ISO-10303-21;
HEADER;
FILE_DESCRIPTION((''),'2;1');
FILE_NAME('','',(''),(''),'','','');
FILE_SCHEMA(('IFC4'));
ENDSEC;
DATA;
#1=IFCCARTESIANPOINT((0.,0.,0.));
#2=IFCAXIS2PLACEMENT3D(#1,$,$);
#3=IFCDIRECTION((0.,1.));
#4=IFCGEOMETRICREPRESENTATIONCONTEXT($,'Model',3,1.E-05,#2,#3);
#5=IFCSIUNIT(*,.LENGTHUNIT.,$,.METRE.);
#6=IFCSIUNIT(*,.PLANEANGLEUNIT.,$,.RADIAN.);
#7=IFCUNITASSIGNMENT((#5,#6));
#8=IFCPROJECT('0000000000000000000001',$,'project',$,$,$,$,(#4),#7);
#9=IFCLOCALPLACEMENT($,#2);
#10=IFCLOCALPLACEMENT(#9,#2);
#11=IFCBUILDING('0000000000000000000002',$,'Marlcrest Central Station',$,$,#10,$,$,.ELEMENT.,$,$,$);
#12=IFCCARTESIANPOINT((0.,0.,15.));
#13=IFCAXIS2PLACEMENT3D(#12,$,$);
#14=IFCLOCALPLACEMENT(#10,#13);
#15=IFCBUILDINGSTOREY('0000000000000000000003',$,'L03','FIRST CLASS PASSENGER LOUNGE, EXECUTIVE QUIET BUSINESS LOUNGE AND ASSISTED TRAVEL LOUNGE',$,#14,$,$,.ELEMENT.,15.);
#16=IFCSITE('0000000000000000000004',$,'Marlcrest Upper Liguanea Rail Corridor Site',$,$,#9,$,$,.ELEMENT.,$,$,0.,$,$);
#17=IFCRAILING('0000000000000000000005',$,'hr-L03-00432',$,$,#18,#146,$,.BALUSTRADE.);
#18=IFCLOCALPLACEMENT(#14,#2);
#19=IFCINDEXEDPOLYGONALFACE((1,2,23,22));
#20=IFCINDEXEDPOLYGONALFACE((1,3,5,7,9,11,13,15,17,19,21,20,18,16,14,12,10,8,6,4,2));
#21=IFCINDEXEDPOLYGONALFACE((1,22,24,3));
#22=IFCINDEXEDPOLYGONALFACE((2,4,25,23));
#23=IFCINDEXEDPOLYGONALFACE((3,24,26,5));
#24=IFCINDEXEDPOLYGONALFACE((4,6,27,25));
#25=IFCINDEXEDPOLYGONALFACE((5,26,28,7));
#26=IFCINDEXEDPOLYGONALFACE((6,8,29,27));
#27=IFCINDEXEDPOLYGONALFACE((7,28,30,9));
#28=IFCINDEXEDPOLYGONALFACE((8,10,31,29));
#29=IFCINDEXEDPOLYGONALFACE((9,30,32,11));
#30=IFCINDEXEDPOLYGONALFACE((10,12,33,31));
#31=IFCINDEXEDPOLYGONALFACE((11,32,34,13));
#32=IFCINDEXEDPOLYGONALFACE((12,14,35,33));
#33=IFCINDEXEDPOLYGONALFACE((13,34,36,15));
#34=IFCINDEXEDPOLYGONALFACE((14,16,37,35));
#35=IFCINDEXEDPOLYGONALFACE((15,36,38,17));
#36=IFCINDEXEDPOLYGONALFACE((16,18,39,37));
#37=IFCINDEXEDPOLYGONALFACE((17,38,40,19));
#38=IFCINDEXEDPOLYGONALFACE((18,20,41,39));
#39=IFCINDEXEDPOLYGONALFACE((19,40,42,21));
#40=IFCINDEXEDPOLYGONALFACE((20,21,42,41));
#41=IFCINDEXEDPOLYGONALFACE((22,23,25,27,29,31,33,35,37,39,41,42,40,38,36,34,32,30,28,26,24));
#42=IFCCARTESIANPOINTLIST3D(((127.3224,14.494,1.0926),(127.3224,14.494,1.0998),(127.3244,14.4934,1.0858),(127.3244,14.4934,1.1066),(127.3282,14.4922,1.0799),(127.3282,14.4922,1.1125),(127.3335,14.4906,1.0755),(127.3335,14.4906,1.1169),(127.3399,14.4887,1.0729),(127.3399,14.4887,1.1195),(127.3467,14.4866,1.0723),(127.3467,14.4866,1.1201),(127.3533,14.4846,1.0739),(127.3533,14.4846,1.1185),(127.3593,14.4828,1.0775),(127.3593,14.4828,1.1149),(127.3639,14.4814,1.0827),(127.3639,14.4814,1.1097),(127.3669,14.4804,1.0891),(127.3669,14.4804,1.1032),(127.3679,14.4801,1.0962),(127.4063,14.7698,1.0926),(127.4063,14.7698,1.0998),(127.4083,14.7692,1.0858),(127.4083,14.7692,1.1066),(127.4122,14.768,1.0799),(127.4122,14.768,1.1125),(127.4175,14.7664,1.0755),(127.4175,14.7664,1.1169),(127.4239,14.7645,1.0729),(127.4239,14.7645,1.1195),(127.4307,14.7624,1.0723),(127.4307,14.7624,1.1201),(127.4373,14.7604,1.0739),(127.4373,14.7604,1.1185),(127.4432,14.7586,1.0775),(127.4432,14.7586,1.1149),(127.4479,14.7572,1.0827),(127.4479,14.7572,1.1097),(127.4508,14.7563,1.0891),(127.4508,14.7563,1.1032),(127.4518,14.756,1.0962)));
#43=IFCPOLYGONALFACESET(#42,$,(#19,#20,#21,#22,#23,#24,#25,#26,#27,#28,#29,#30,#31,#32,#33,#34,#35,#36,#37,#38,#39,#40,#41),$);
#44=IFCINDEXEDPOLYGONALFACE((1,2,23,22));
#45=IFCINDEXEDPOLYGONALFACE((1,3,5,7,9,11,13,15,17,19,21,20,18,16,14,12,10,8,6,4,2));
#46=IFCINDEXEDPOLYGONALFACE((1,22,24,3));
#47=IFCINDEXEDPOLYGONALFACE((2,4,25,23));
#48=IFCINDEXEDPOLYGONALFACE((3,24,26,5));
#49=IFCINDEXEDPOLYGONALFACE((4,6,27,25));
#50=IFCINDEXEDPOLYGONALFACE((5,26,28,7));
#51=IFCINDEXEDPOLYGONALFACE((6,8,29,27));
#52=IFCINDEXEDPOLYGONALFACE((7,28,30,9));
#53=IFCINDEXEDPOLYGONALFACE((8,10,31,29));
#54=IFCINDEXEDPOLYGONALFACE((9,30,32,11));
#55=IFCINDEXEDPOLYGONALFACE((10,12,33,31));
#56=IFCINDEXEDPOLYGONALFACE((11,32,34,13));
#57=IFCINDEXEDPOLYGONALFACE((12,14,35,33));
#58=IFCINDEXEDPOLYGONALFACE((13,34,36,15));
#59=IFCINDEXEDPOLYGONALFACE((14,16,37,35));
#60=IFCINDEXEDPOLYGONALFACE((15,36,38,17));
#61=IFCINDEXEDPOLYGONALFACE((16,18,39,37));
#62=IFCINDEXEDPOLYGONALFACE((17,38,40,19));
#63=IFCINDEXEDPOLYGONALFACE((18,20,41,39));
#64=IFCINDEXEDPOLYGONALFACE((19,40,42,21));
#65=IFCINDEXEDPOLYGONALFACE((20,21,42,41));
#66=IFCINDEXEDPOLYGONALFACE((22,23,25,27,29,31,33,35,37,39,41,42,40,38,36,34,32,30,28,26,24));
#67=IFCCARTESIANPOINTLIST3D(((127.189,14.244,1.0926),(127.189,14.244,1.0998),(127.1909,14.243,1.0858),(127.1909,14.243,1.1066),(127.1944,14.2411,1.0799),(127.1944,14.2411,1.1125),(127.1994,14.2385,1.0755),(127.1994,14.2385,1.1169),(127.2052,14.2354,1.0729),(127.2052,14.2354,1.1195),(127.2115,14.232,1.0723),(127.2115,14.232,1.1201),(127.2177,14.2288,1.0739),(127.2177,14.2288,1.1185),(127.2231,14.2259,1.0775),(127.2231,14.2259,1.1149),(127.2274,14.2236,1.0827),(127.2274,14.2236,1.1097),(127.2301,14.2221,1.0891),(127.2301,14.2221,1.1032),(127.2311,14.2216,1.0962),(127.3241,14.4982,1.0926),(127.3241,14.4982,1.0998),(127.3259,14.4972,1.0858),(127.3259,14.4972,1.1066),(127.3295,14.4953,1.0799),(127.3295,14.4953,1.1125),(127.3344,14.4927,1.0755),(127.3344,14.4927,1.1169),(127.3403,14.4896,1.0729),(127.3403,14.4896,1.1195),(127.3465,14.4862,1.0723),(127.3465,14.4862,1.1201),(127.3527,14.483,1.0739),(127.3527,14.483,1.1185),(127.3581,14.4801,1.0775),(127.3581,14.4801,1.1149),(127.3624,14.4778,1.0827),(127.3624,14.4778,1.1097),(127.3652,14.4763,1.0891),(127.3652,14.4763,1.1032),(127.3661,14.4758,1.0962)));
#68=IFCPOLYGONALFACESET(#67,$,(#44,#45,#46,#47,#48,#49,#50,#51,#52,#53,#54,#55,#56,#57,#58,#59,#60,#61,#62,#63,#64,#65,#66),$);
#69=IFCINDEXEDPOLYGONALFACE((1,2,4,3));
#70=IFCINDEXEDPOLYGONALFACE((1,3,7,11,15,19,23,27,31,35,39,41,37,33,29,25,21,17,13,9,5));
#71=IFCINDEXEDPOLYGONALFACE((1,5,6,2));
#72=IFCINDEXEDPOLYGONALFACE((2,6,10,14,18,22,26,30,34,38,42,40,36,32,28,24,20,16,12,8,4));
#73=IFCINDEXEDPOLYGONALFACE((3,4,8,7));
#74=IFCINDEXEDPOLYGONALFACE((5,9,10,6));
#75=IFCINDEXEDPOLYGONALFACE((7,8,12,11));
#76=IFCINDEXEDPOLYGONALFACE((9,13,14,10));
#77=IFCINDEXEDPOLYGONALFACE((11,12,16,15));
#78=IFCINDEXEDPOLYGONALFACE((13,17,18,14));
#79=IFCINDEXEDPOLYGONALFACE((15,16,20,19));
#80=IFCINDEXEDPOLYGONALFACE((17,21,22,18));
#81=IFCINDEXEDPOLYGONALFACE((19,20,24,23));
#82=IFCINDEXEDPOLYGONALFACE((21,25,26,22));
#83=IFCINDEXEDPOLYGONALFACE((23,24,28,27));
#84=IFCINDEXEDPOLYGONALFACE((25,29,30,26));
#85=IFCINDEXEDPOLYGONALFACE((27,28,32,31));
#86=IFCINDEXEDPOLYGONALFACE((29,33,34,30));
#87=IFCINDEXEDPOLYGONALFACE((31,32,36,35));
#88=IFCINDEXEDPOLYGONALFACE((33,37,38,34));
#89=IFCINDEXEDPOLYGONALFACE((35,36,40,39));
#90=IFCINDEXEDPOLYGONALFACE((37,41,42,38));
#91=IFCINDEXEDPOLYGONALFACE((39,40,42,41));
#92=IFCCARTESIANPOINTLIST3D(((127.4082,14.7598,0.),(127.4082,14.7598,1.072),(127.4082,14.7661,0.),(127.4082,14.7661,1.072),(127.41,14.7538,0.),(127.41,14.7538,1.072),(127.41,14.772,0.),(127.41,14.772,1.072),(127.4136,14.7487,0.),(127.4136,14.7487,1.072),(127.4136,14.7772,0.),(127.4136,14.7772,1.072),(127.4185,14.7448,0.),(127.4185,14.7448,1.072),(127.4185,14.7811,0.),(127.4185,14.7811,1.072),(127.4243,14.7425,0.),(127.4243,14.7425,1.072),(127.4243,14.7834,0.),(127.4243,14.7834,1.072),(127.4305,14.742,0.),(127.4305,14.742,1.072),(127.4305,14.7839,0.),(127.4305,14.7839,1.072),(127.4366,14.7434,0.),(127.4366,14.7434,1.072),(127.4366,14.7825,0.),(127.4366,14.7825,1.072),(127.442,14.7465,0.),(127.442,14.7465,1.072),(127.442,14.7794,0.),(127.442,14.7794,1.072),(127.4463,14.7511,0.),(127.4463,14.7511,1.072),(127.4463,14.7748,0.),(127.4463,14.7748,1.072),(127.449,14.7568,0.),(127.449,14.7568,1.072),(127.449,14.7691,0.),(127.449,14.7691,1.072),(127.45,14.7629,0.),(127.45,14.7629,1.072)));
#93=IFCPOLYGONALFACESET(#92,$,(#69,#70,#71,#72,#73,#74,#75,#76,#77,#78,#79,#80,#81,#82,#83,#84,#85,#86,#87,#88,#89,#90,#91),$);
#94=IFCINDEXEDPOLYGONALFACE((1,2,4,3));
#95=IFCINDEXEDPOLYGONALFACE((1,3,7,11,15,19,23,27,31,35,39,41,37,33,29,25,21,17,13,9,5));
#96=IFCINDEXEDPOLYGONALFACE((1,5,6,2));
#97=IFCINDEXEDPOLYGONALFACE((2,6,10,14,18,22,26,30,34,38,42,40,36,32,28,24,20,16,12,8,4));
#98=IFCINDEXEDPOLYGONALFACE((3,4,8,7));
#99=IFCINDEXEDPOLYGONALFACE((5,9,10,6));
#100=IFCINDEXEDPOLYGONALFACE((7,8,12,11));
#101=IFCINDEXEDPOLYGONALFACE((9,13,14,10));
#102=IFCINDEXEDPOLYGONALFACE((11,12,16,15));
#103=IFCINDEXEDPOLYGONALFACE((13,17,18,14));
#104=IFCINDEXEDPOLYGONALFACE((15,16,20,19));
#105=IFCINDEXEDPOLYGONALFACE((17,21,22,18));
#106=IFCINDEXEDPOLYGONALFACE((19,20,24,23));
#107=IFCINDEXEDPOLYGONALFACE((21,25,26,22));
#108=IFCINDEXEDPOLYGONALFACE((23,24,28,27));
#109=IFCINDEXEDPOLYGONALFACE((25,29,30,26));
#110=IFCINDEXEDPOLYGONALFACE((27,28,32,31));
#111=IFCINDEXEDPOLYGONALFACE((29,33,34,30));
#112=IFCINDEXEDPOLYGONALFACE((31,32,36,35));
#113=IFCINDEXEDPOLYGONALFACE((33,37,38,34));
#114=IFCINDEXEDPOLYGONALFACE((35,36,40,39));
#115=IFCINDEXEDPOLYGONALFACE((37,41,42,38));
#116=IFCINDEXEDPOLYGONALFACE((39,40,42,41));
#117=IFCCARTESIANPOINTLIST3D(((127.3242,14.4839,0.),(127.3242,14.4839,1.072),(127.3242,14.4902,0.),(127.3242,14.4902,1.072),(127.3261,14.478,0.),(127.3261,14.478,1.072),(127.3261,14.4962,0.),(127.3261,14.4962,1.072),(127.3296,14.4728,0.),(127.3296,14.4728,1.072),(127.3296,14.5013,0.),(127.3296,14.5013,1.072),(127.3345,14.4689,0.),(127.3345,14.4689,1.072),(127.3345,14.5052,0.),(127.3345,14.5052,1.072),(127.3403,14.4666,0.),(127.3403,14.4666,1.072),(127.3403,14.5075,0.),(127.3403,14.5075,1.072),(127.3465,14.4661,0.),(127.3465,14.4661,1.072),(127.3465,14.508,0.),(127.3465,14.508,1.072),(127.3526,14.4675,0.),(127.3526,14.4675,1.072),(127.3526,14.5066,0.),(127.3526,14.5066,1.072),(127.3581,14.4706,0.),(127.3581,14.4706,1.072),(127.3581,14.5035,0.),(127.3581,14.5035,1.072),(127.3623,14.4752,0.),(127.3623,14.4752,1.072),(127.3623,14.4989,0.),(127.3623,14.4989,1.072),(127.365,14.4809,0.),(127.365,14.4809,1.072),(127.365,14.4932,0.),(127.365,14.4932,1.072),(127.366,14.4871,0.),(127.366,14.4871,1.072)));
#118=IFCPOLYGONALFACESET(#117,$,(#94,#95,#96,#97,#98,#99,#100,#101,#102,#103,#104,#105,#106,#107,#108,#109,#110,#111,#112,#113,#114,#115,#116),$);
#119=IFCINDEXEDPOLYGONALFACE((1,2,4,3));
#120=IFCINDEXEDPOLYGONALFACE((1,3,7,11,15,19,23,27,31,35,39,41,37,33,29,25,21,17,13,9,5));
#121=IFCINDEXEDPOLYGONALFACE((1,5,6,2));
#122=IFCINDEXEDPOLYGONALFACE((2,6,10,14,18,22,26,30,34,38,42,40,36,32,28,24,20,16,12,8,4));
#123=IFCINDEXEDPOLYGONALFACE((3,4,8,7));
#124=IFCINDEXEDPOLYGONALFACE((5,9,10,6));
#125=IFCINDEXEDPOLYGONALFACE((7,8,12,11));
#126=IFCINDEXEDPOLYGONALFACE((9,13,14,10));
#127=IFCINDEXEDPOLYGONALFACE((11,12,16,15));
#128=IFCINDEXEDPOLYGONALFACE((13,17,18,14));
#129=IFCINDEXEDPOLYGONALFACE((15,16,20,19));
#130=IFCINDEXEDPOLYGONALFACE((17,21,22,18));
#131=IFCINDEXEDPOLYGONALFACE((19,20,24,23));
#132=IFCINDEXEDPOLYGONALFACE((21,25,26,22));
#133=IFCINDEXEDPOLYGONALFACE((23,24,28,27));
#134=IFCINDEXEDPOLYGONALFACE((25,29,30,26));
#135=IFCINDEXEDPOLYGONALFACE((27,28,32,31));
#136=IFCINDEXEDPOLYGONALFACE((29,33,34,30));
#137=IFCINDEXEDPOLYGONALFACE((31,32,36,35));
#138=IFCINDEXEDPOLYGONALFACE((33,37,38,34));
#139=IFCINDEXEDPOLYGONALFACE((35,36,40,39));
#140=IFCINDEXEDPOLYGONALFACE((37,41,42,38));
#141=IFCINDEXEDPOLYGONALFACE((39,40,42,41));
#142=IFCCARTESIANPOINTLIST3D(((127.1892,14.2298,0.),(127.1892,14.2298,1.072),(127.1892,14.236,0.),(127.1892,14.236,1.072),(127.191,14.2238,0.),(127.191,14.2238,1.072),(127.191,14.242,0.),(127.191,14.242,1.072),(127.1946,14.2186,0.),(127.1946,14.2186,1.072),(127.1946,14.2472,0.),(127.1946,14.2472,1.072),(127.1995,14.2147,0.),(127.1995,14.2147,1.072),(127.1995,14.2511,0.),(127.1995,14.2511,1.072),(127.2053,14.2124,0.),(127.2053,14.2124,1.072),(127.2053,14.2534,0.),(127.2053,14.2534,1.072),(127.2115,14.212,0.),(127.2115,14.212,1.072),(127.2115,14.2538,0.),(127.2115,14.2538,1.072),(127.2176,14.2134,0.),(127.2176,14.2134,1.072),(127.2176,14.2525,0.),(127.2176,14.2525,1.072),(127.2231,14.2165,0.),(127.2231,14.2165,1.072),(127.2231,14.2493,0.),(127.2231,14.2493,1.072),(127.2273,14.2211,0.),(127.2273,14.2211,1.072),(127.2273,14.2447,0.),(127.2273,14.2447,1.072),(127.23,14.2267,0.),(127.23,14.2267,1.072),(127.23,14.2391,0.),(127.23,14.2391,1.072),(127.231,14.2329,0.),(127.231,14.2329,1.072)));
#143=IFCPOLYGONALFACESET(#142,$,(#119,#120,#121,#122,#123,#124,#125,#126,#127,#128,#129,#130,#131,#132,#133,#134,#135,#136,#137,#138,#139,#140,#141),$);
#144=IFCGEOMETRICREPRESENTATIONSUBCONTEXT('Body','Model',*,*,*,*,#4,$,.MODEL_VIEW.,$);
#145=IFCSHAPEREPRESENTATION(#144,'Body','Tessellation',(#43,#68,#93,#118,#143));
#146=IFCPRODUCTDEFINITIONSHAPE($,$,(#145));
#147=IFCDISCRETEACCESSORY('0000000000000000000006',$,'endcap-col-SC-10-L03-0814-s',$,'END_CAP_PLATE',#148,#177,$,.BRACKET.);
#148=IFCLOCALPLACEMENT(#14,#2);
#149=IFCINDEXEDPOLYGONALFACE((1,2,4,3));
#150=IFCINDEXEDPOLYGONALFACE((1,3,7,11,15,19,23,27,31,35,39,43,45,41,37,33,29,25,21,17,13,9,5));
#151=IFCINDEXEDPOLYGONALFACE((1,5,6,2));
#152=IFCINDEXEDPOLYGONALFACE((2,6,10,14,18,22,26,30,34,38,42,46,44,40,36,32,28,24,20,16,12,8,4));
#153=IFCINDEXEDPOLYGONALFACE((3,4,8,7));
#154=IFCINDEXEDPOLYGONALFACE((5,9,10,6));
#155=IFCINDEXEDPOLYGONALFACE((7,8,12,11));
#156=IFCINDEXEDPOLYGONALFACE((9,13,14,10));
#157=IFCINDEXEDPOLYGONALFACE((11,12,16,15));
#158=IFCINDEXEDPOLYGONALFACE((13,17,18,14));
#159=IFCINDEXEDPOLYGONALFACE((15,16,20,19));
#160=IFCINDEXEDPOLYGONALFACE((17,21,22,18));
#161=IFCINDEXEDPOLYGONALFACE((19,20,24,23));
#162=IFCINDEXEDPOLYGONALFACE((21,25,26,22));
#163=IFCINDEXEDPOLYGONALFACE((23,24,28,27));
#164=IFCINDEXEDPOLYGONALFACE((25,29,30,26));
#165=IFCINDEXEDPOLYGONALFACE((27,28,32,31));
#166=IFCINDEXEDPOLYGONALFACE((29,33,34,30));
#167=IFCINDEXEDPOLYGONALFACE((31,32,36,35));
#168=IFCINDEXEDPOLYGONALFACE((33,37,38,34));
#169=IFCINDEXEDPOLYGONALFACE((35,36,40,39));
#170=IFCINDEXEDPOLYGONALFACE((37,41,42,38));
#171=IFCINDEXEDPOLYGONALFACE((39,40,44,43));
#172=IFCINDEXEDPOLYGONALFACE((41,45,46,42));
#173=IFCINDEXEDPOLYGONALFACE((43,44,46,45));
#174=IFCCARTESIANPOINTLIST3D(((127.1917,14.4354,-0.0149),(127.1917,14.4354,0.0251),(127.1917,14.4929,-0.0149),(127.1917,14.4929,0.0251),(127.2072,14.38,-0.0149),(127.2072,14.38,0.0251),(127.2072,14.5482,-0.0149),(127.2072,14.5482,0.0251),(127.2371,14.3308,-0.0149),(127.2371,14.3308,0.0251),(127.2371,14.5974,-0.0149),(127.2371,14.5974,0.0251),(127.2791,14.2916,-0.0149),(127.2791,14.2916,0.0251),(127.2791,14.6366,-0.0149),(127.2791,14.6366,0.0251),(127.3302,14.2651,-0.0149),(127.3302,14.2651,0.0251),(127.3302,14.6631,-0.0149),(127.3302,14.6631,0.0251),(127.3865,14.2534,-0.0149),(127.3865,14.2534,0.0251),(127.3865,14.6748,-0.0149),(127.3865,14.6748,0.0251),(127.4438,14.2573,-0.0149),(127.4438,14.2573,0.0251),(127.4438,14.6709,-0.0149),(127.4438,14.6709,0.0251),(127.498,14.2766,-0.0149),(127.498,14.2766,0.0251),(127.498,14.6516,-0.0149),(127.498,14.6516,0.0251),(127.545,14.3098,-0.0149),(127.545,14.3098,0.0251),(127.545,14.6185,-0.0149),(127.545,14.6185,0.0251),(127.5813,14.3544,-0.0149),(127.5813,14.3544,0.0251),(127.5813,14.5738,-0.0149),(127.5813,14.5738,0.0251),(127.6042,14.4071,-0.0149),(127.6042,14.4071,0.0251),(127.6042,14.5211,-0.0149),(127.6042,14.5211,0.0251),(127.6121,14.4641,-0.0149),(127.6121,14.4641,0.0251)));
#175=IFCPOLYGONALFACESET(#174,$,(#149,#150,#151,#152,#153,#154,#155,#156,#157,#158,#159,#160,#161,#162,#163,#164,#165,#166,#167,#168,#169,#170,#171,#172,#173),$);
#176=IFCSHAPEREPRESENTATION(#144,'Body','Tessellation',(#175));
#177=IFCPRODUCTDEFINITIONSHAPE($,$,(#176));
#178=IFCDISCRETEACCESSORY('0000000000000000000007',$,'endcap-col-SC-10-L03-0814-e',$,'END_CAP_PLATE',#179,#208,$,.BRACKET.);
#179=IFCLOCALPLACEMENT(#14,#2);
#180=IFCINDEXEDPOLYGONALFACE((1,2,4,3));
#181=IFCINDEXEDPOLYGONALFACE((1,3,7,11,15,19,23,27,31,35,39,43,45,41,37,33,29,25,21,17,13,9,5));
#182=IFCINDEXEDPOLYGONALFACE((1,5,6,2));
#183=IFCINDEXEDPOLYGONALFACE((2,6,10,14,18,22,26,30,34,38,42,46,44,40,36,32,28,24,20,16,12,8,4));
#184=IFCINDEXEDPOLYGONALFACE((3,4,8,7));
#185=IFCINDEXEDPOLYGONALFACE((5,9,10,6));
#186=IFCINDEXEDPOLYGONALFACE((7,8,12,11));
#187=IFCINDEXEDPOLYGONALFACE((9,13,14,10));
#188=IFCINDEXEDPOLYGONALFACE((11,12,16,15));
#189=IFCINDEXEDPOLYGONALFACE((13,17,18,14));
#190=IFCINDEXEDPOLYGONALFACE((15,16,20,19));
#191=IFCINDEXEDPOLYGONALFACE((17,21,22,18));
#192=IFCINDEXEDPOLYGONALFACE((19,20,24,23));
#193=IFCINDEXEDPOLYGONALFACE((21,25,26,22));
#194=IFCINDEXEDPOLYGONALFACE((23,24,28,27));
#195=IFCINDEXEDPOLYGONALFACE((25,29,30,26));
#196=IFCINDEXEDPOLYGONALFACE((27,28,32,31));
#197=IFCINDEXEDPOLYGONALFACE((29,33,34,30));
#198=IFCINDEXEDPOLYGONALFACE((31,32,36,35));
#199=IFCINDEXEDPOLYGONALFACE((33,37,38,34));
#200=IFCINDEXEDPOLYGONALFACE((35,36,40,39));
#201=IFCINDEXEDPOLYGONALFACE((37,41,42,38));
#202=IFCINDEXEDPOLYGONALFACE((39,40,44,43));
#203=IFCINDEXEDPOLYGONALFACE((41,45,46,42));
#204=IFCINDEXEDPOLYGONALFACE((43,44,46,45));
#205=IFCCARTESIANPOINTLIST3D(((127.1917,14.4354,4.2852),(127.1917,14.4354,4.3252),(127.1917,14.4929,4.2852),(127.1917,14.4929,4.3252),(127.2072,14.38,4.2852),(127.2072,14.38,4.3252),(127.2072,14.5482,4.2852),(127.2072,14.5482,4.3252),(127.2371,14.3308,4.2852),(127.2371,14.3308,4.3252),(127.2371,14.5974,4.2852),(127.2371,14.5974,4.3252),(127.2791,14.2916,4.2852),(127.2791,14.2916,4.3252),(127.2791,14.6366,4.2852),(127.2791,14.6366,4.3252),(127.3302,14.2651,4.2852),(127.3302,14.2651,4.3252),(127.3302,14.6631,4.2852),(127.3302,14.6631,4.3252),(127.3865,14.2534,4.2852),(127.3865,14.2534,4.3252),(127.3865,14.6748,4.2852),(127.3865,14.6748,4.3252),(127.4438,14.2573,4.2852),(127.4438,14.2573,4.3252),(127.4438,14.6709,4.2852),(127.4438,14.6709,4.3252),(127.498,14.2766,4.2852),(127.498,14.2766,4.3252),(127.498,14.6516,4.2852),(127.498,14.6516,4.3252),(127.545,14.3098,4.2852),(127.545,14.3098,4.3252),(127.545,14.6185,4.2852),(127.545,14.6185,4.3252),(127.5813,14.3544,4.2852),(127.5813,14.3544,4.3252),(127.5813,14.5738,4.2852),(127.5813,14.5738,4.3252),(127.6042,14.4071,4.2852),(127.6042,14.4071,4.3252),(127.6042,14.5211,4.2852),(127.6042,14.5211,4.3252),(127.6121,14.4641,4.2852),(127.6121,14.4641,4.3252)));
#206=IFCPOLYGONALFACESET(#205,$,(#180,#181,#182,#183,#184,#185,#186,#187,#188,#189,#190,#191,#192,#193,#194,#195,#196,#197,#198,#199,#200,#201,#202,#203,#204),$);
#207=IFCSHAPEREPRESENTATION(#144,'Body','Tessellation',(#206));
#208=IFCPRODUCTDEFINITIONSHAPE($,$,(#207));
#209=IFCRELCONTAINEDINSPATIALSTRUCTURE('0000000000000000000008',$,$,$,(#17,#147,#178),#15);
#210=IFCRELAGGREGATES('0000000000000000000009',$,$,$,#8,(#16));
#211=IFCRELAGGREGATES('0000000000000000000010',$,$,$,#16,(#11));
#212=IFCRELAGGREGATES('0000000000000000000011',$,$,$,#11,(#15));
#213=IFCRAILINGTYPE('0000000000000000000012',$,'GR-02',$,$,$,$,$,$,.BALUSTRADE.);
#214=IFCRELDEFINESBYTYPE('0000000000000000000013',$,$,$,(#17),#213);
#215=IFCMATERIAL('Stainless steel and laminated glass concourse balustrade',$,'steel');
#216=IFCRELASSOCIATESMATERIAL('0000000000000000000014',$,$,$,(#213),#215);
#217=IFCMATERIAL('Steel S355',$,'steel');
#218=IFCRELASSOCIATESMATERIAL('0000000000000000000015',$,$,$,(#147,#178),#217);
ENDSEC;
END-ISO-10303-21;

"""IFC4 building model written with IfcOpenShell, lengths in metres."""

from ifc_helpers import new_model, si_unit, direction, frame, origin, origin_2d, place, context, subcontext, project, spatial, circle, extrude, material, type_object, element, save


model = new_model("IFC4")

# Units and contexts
model_context = context("Model", 3, precision=1e-05, world=origin(), true_north=direction((0.0, 1.0)))
body_context = subcontext(model_context, "Body", "Model", "MODEL_VIEW")
ifc_project = project(units=[si_unit("LENGTHUNIT", "METRE"), si_unit("PLANEANGLEUNIT", "RADIAN")], contexts=[model_context])

# Site, building, storey
site_placement = place(None, origin())
site = spatial("IfcSite", under=ifc_project, at=site_placement, Name="Marlcrest Upper Liguanea Rail Corridor Site", CompositionType="ELEMENT", RefElevation=0.0)
building_placement = place(site_placement, origin())
building = spatial("IfcBuilding", under=site, at=building_placement, Name="Marlcrest Central Station", CompositionType="ELEMENT")
storey_placement = place(building_placement, frame((0.0, 0.0, 15.0)))
storey = spatial("IfcBuildingStorey", under=building, at=storey_placement, Name="L03", Description="FIRST CLASS PASSENGER LOUNGE, EXECUTIVE QUIET BUSINESS LOUNGE AND ASSISTED TRAVEL LOUNGE", CompositionType="ELEMENT", Elevation=15.0)

# Shared definitions
ifc_material_1 = material(Name="Steel S355", Category="steel")

# Railing
ifc_material_2 = material(Name="Stainless steel and laminated glass concourse balustrade", Category="steel")
railing_type = type_object("IfcRailingType", Name="GR-02", PredefinedType="BALUSTRADE", material=ifc_material_2)
railing_1_placement = place(storey_placement, frame((127.429, 14.7629, 0.0)))
element("IfcRailing", 1, at=railing_1_placement, inside=storey, type_object=railing_type, Name="hr-L03-00432", PredefinedType="BALUSTRADE", context=body_context, shape_type="SweptSolid", body=[
    extrude(circle(Radius=0.0239, at=origin_2d()), frame((0.0, 0.0, 1.0962), z_axis=(-0.291229, -0.956653, 0.0), x_axis=(0.956653, -0.291229, 0.0)), (0.0, 0.0, 1.0), 0.2883),
    extrude(circle(Radius=0.0239, at=origin_2d()), frame((-0.084, -0.2759, 1.0962), z_axis=(-0.469135, -0.883127, 0.0), x_axis=(0.883127, -0.469135, 0.0)), (0.0, 0.0, 1.0), 0.2878),
    extrude(circle(Radius=0.021, at=origin_2d()), origin(), (0.0, 0.0, 1.0), 1.072),
    extrude(circle(Radius=0.021, at=origin_2d()), frame((-0.084, -0.2759, 0.0)), (0.0, 0.0, 1.0), 1.072),
    extrude(circle(Radius=0.021, at=origin_2d()), frame((-0.219, -0.53, 0.0)), (0.0, 0.0, 1.0), 1.072),
])

# Discrete accessories
for number, where, z_axis, x_axis, name in (
    (2, (127.4009, 14.4641, -0.0149), (0.0, 0.0, 1.0), (1.0, 0.0, 0.0), "endcap-col-SC-10-L03-0814-s"),
    (3, (127.4009, 14.4641, 4.2852), (0.0, 0.0, 1.0), (1.0, 0.0, 0.0), "endcap-col-SC-10-L03-0814-e"),
):
    element("IfcDiscreteAccessory", number, at=place(storey_placement, frame(where, z_axis=z_axis, x_axis=x_axis)), inside=storey, material=ifc_material_1, Name=name, ObjectType="END_CAP_PLATE", PredefinedType="BRACKET", context=body_context, shape_type="SweptSolid", body=[
        extrude(circle(Radius=0.2112, at=origin_2d()), origin(), (0.0, 0.0, 1.0), 0.04),
    ])

save(model, "model.ifc")
